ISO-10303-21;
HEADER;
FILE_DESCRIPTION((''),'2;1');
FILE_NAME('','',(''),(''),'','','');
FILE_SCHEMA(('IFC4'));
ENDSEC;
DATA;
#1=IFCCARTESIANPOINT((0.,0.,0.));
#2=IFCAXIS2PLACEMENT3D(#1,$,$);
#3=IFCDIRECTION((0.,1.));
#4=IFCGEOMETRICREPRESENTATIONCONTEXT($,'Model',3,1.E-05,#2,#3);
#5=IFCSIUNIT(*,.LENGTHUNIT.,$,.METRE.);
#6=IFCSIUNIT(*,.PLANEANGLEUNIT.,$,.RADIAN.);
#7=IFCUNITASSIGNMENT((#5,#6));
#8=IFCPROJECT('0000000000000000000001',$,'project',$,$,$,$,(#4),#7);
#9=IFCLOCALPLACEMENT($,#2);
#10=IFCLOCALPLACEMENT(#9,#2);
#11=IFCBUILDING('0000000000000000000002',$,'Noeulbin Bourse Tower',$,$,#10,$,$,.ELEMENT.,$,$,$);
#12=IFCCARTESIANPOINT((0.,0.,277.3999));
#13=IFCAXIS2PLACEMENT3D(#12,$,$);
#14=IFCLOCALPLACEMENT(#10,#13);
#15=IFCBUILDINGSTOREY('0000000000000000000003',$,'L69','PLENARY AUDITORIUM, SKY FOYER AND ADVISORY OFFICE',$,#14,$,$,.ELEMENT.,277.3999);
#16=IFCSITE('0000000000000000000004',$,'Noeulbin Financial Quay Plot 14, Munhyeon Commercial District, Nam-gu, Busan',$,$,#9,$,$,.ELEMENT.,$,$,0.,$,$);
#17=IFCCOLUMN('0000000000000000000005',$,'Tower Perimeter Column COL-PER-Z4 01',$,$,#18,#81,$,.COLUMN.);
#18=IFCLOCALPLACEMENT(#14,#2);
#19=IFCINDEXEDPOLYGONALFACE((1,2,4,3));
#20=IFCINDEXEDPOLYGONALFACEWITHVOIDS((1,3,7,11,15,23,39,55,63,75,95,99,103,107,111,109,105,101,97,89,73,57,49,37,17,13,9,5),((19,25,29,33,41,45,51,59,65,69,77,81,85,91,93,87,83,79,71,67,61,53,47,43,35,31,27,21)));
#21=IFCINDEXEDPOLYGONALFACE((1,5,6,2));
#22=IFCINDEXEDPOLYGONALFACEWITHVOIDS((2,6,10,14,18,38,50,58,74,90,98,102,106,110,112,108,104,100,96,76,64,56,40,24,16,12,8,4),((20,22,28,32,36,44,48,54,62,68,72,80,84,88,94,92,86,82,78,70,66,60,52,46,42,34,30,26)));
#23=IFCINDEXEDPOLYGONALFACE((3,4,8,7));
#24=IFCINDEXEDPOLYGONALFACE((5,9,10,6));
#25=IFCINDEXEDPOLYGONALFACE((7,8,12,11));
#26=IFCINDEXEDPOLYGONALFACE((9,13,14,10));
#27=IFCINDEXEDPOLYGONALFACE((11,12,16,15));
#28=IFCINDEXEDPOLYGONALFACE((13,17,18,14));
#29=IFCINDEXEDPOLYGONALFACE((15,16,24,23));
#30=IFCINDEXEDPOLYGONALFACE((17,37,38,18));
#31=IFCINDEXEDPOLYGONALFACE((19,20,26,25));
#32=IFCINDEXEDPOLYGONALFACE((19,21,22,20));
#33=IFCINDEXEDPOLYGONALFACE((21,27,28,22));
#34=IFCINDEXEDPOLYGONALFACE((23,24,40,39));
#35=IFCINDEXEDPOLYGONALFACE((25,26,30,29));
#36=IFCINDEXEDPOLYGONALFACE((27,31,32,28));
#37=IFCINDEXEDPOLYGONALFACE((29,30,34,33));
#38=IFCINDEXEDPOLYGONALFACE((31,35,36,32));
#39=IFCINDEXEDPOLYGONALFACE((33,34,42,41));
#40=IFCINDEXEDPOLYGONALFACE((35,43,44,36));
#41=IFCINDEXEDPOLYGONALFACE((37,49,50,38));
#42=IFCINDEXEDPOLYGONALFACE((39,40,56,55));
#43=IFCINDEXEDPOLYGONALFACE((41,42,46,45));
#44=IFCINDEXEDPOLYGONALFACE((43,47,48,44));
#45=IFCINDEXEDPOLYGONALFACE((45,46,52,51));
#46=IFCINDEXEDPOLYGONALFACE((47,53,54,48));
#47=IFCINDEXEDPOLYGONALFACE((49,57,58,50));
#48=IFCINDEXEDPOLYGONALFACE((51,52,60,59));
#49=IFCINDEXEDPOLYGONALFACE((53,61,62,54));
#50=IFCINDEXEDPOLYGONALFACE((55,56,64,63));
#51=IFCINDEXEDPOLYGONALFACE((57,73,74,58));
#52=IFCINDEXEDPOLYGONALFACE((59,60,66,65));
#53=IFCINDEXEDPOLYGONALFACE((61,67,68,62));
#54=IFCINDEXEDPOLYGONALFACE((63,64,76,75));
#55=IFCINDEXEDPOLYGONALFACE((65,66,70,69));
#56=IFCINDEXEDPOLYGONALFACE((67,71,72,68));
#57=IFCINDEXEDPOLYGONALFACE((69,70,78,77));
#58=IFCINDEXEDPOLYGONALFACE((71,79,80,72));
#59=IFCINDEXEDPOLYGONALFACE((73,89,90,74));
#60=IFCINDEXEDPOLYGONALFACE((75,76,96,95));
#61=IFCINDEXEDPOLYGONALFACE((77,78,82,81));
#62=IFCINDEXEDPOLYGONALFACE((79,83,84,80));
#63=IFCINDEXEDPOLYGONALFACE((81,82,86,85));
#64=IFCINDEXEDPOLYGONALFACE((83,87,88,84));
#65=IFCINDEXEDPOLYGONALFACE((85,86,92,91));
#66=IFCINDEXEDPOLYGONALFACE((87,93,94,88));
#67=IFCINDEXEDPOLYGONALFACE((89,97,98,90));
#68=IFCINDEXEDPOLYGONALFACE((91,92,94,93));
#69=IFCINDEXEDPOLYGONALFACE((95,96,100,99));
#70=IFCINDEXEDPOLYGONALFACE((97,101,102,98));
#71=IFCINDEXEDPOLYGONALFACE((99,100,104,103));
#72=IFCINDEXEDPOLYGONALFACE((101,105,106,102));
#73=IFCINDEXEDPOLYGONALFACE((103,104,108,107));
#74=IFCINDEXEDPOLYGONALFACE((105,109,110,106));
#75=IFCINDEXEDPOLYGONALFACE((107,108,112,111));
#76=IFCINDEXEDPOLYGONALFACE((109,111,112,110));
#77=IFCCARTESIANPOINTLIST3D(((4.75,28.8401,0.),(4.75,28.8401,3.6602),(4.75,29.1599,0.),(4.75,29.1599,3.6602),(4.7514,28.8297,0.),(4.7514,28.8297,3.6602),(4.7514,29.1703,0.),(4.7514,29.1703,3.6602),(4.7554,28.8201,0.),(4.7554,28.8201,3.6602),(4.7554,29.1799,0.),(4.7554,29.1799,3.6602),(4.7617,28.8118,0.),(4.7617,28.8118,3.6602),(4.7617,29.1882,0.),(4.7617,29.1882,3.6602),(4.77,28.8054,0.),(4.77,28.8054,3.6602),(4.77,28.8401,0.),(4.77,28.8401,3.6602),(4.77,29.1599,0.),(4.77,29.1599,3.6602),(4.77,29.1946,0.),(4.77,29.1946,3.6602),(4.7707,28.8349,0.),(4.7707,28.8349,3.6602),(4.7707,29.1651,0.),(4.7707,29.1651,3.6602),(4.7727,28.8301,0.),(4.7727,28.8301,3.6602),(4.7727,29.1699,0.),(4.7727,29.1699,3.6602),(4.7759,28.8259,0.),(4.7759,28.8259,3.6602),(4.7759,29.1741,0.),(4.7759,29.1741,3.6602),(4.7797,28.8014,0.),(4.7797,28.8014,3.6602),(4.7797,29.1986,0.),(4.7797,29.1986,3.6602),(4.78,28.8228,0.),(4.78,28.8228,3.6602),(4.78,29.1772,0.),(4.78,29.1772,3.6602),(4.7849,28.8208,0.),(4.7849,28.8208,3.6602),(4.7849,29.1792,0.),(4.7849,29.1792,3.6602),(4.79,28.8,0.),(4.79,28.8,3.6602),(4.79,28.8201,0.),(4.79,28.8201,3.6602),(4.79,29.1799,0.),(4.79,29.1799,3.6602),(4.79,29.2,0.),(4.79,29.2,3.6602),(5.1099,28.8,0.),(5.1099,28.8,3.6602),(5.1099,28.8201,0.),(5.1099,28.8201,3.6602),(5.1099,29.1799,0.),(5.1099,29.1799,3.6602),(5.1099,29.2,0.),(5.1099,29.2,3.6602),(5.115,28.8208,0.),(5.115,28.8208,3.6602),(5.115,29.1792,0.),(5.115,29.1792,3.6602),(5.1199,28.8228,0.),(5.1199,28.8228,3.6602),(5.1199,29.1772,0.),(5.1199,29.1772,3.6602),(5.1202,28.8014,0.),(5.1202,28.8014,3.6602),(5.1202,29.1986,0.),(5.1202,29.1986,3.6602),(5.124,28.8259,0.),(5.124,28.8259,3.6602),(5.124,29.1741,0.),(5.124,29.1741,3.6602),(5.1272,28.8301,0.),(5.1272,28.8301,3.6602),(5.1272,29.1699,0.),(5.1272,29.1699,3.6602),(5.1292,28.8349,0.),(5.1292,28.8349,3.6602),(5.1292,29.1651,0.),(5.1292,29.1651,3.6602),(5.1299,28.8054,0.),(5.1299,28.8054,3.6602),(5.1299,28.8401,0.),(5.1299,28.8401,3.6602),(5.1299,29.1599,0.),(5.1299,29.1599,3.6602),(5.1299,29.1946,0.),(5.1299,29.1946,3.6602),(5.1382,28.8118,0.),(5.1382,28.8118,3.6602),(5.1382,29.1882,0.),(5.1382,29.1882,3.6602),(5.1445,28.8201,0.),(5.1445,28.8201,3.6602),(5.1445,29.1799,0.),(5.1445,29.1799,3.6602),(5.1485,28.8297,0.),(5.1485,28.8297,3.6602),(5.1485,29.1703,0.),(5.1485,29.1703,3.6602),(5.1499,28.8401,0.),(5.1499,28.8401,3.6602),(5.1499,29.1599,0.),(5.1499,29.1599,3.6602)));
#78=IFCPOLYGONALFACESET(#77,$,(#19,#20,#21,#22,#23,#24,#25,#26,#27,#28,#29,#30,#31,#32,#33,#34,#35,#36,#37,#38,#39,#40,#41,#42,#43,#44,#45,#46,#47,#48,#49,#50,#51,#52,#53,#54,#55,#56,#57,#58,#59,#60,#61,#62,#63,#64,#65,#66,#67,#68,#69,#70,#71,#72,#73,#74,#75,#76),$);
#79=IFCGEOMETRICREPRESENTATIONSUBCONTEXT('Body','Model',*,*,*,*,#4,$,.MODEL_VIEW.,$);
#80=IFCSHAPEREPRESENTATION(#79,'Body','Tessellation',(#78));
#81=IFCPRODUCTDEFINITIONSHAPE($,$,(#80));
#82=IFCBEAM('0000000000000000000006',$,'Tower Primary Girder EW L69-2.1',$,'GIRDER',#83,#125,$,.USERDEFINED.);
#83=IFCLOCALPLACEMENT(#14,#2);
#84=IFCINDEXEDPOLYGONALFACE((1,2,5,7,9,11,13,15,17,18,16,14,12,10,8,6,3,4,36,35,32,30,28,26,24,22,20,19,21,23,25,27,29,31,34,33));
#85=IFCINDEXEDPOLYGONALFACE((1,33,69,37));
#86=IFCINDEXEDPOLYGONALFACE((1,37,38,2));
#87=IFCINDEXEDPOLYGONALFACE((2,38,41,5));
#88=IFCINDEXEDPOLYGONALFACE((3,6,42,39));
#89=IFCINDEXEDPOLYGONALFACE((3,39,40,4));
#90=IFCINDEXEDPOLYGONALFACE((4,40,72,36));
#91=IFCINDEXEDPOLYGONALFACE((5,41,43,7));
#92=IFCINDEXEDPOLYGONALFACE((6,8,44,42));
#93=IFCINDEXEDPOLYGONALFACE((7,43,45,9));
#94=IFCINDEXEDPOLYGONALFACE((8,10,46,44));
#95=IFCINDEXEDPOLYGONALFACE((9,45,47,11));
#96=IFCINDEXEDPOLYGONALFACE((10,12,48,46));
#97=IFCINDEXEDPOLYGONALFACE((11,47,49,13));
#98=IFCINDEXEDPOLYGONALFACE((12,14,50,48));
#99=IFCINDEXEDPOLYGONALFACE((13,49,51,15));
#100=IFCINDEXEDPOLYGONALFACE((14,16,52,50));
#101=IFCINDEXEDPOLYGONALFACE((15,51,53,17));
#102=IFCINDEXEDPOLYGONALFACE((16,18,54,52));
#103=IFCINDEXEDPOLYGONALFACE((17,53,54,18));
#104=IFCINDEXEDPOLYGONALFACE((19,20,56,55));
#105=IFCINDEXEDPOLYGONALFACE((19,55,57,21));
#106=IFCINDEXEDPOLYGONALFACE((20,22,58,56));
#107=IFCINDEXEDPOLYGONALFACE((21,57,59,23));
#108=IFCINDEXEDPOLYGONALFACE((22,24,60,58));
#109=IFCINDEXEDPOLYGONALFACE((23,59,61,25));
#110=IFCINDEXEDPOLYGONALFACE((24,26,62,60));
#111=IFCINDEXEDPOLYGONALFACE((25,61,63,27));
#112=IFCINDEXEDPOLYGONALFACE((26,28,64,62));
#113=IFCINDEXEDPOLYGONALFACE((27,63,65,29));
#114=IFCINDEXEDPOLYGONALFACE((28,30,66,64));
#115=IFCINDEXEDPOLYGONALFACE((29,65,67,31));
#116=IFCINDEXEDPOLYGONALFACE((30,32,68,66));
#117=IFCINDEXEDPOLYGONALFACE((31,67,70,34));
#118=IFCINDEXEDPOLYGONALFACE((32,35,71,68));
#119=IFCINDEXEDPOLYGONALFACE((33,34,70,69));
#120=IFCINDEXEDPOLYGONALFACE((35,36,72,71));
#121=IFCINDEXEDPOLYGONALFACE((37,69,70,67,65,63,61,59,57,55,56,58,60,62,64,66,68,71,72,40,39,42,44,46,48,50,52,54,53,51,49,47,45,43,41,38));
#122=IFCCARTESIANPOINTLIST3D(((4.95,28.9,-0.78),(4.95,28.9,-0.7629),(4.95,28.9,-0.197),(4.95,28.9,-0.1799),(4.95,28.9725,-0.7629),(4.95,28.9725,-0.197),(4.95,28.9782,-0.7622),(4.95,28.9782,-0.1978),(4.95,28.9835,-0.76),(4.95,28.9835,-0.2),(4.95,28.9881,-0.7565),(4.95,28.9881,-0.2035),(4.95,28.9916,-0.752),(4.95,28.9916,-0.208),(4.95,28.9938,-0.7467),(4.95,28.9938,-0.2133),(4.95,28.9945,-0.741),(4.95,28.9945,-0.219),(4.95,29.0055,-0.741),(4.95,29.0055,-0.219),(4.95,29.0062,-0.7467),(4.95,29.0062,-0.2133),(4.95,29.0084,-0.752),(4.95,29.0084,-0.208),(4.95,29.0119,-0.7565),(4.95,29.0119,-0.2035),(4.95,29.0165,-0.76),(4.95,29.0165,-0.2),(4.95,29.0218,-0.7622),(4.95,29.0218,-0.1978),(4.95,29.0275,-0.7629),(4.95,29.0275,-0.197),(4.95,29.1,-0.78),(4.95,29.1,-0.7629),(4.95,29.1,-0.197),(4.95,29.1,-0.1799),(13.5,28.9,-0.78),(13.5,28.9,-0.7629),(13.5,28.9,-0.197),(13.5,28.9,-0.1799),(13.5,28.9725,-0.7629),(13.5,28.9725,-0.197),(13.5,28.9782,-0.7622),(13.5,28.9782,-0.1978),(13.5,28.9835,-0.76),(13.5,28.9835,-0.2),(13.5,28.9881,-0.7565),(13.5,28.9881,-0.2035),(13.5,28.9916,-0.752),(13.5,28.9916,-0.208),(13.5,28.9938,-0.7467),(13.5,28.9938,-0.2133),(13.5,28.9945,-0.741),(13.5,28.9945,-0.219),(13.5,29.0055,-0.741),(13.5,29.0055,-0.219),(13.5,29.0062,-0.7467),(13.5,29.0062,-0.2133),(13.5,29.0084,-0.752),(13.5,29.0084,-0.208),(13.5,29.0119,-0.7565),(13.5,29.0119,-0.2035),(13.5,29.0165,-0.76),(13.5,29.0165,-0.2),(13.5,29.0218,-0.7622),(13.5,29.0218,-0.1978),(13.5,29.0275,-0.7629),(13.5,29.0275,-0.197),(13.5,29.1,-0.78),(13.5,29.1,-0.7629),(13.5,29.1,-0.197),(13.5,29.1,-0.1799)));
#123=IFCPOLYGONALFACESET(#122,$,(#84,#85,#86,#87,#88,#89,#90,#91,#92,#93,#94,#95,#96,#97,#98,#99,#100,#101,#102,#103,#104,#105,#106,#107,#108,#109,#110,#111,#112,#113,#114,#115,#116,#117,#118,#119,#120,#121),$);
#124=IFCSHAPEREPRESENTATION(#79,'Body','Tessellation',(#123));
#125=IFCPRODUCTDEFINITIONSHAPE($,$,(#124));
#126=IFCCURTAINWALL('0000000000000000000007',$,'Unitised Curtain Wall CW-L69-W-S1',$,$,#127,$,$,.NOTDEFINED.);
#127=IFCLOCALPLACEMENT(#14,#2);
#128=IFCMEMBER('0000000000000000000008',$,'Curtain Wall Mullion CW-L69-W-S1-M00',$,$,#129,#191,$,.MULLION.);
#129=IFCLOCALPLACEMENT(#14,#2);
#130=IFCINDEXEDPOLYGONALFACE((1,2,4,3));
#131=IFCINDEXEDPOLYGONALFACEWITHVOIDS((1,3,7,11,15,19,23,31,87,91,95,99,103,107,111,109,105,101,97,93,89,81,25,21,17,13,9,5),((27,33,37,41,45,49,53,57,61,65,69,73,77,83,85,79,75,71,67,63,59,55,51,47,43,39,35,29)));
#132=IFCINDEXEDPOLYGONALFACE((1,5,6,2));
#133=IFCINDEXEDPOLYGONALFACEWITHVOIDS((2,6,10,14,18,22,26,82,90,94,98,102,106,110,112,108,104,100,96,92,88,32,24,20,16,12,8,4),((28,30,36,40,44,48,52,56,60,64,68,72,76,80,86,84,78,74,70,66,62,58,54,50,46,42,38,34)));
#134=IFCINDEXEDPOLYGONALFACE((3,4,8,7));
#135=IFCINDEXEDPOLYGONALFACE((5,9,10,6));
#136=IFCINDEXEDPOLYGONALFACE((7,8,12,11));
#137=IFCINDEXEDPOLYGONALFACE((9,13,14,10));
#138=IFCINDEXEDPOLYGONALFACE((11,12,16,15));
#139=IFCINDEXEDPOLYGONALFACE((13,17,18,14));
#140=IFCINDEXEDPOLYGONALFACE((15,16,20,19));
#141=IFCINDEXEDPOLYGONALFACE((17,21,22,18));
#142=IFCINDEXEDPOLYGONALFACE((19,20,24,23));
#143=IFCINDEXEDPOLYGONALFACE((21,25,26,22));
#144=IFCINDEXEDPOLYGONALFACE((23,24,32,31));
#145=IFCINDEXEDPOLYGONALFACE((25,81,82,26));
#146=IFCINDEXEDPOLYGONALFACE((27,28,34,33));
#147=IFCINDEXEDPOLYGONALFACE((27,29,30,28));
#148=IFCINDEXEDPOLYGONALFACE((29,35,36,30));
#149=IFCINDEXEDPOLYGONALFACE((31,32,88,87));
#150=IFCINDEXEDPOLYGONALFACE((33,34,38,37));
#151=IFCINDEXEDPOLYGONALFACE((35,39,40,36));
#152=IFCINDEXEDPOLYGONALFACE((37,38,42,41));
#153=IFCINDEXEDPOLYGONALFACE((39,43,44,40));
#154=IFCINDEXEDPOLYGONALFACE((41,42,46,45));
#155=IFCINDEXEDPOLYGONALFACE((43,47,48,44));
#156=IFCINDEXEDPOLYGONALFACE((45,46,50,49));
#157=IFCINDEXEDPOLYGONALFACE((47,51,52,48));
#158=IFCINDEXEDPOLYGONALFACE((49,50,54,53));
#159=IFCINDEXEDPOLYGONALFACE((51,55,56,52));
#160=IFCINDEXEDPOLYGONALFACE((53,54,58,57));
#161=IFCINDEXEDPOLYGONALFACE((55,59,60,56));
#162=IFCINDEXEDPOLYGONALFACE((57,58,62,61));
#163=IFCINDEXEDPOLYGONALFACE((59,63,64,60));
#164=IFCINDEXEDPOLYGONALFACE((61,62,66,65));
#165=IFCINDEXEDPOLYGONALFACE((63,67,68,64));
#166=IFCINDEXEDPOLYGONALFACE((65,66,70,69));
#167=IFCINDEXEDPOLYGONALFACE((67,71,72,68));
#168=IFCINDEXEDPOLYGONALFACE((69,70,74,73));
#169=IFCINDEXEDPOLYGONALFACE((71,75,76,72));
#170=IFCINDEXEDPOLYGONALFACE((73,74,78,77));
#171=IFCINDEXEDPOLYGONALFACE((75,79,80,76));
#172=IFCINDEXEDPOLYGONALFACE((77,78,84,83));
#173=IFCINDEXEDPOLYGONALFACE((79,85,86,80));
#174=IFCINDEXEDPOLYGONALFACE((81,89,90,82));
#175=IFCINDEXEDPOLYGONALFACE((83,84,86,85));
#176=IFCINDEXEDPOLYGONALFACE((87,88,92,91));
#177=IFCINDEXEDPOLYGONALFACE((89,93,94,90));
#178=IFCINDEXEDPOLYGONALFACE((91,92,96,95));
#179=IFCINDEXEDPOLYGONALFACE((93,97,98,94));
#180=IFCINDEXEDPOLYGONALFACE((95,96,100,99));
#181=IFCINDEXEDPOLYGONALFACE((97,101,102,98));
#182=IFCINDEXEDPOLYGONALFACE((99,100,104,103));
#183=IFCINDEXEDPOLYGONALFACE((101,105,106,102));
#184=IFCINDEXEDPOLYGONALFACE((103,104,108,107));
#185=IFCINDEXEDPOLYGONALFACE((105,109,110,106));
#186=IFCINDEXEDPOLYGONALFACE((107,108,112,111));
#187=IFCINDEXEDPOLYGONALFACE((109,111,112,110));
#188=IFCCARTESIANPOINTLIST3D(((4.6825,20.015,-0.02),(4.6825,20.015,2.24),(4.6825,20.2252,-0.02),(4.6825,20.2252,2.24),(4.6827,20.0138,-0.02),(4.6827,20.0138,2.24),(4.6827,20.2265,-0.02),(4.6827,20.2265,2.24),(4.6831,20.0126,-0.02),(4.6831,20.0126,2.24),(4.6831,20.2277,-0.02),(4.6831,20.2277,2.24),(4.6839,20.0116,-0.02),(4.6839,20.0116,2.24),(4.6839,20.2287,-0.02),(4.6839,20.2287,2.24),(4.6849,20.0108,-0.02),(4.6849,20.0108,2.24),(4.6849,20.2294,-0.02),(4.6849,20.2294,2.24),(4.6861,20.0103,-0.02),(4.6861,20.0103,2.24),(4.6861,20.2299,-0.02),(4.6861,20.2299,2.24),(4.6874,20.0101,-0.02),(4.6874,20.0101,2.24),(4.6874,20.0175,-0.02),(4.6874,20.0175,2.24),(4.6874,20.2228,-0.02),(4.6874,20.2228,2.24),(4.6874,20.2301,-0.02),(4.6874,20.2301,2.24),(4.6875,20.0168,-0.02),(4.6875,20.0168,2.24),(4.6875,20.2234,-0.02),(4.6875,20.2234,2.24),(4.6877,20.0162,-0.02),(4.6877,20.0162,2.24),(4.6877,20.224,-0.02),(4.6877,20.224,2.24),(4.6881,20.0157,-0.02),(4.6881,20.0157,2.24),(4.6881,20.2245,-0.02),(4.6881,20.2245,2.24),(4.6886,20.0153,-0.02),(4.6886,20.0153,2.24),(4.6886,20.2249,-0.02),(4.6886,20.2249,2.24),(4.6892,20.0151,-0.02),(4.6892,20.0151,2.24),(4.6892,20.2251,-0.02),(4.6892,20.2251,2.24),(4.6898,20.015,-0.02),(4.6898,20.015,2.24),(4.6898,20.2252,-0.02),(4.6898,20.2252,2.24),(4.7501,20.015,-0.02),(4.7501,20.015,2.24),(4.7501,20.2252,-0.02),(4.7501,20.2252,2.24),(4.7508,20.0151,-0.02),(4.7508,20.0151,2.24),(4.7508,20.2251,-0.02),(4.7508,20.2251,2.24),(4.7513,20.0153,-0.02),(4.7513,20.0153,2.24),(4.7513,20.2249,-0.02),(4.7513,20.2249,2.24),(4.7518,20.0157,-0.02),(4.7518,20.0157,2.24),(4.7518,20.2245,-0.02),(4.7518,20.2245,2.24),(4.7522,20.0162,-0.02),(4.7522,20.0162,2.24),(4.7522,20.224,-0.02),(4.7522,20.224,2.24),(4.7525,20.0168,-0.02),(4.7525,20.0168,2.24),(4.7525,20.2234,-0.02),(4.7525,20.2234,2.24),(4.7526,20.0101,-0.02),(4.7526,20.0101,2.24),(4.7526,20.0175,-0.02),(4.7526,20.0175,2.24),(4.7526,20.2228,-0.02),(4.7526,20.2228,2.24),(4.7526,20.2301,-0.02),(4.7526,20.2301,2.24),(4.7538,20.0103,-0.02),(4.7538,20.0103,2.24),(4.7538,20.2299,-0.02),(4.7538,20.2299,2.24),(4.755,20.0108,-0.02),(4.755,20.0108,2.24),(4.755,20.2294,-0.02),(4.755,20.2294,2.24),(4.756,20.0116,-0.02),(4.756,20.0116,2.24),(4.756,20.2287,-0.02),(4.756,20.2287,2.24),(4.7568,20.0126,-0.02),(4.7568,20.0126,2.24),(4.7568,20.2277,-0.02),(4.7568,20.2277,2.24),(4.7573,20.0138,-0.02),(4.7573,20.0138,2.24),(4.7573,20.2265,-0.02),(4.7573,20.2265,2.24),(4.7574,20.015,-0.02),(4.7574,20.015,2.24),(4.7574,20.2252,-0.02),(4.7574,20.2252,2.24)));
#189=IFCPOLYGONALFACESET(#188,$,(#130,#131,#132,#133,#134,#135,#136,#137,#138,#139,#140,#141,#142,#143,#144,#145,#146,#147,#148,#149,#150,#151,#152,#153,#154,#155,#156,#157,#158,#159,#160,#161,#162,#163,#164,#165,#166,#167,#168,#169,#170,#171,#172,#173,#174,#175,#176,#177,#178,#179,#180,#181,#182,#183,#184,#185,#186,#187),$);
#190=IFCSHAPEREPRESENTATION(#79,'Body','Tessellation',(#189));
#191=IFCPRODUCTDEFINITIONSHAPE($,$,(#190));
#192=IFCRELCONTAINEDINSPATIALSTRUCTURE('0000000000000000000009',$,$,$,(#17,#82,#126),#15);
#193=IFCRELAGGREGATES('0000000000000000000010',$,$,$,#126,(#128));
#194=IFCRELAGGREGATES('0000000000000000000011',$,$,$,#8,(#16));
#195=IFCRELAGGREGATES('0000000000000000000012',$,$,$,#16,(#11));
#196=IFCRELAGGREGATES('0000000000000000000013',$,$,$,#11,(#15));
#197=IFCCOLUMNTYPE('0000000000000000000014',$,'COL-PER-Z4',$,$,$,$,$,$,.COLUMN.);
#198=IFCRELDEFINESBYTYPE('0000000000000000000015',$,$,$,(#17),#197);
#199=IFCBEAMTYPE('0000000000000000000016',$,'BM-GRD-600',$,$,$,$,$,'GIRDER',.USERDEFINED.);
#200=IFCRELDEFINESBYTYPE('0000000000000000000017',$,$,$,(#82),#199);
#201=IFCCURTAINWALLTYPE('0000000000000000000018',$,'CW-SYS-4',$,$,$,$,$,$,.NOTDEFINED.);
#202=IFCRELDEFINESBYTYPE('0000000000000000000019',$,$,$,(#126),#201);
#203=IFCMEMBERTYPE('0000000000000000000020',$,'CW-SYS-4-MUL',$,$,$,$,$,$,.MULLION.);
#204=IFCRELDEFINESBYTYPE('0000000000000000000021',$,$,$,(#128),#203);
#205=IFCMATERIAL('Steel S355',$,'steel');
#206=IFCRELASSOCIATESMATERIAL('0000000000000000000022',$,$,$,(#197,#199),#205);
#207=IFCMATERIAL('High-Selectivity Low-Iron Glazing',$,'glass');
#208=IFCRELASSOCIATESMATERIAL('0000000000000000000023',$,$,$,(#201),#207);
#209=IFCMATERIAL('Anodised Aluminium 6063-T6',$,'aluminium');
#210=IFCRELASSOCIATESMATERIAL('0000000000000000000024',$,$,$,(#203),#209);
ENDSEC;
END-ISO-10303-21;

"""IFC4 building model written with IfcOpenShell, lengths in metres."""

from ifc_helpers import new_model, si_unit, direction, frame, origin, origin_2d, place, context, subcontext, project, spatial, hollow_rectangle, i_section, extrude, material, material_profile, profile_set, type_object, element, aggregate, save


model = new_model("IFC4")

# Units and contexts
model_context = context("Model", 3, precision=1e-05, world=origin(), true_north=direction((0.0, 1.0)))
body_context = subcontext(model_context, "Body", "Model", "MODEL_VIEW")
ifc_project = project(units=[si_unit("LENGTHUNIT", "METRE"), si_unit("PLANEANGLEUNIT", "RADIAN")], contexts=[model_context])

# Site, building, storey
site_placement = place(None, origin())
site = spatial("IfcSite", under=ifc_project, at=site_placement, Name="Noeulbin Financial Quay Plot 14, Munhyeon Commercial District, Nam-gu, Busan", CompositionType="ELEMENT", RefElevation=0.0)
building_placement = place(site_placement, origin())
building = spatial("IfcBuilding", under=site, at=building_placement, Name="Noeulbin Bourse Tower", CompositionType="ELEMENT")
storey_placement = place(building_placement, frame((0.0, 0.0, 277.3999)))
storey = spatial("IfcBuildingStorey", under=building, at=storey_placement, Name="L69", Description="PLENARY AUDITORIUM, SKY FOYER AND ADVISORY OFFICE", CompositionType="ELEMENT", Elevation=277.3999)

# Column
ifc_material_1 = material(Name="Steel S355", Category="steel")
ifc_material_profile_1 = material_profile(ifc_material_1, hollow_rectangle(XDim=0.3999, YDim=0.3999, WallThickness=0.02, InnerFilletRadius=0.02, OuterFilletRadius=0.04, at=origin_2d()), Name="SHS-400x400x20", Category="LoadBearing")
ifc_profile_set_1 = profile_set([ifc_material_profile_1], Name="Steel S355")
column_type = type_object("IfcColumnType", Name="COL-PER-Z4", PredefinedType="COLUMN", material=ifc_profile_set_1)
column_placement = place(storey_placement, frame((4.95, 29.0, 0.0), z_axis=(0.0, 0.0, 1.0), x_axis=(1.0, 0.0, 0.0)))
element("IfcColumn", 1, at=column_placement, inside=storey, type_object=column_type, Name="Tower Perimeter Column COL-PER-Z4 01", PredefinedType="COLUMN", context=body_context, shape_type="SweptSolid", body=[
    extrude(hollow_rectangle(XDim=0.3999, YDim=0.3999, WallThickness=0.02, InnerFilletRadius=0.02, OuterFilletRadius=0.04, at=origin_2d()), origin(), (0.0, 0.0, 1.0), 3.6602),
])

# Beam
ifc_material_profile_2 = material_profile(ifc_material_1, i_section(OverallWidth=0.2, OverallDepth=0.6001, WebThickness=0.011, FlangeThickness=0.0171, FilletRadius=0.022, at=origin_2d()), Name="H-600x200x11x17", Category="LoadBearing")
ifc_profile_set_2 = profile_set([ifc_material_profile_2], Name="Steel S355")
beam_type = type_object("IfcBeamType", Name="BM-GRD-600", ElementType="GIRDER", PredefinedType="USERDEFINED", material=ifc_profile_set_2)
beam_placement = place(storey_placement, frame((4.95, 29.0, -0.48), z_axis=(1.0, 0.0, 0.0), x_axis=(0.0, 1.0, 0.0)))
element("IfcBeam", 2, at=beam_placement, inside=storey, type_object=beam_type, Name="Tower Primary Girder EW L69-2.1", ObjectType="GIRDER", PredefinedType="USERDEFINED", context=body_context, shape_type="SweptSolid", body=[
    extrude(i_section(OverallWidth=0.2, OverallDepth=0.6001, WebThickness=0.011, FlangeThickness=0.0171, FilletRadius=0.022, at=origin_2d()), origin(), (0.0, 0.0, 1.0), 8.55),
])

# Curtain wall, member
ifc_material_2 = material(Name="High-Selectivity Low-Iron Glazing", Category="glass")
curtain_wall_type = type_object("IfcCurtainWallType", Name="CW-SYS-4", PredefinedType="NOTDEFINED", material=ifc_material_2)
curtain_wall_1_placement = place(storey_placement, origin())
curtain_wall_1 = element("IfcCurtainWall", 3, at=curtain_wall_1_placement, inside=storey, type_object=curtain_wall_type, Name="Unitised Curtain Wall CW-L69-W-S1", PredefinedType="NOTDEFINED")
ifc_material_3 = material(Name="Anodised Aluminium 6063-T6", Category="aluminium")
ifc_material_profile_3 = material_profile(ifc_material_3, hollow_rectangle(XDim=0.075, YDim=0.22, WallThickness=0.0049, InnerFilletRadius=0.0024, OuterFilletRadius=0.0049, at=origin_2d()), Name="ALU-MULL-75x220x5", Category="LoadBearing")
ifc_profile_set_3 = profile_set([ifc_material_profile_3], Name="Anodised Aluminium 6063-T6")
member_type_1 = type_object("IfcMemberType", Name="CW-SYS-4-MUL", PredefinedType="MULLION", material=ifc_profile_set_3)
member_1_placement = place(storey_placement, frame((4.72, 20.1201, -0.02), z_axis=(0.0, 0.0, 1.0), x_axis=(1.0, 0.0, 0.0)))
member_1 = element("IfcMember", 4, at=member_1_placement, type_object=member_type_1, Name="Curtain Wall Mullion CW-L69-W-S1-M00", PredefinedType="MULLION", context=body_context, shape_type="SweptSolid", body=[
    extrude(hollow_rectangle(XDim=0.075, YDim=0.22, WallThickness=0.0049, InnerFilletRadius=0.0024, OuterFilletRadius=0.0049, at=origin_2d()), origin(), (0.0, 0.0, 1.0), 2.26),
])

aggregate(curtain_wall_1, [member_1])

save(model, "model.ifc")
